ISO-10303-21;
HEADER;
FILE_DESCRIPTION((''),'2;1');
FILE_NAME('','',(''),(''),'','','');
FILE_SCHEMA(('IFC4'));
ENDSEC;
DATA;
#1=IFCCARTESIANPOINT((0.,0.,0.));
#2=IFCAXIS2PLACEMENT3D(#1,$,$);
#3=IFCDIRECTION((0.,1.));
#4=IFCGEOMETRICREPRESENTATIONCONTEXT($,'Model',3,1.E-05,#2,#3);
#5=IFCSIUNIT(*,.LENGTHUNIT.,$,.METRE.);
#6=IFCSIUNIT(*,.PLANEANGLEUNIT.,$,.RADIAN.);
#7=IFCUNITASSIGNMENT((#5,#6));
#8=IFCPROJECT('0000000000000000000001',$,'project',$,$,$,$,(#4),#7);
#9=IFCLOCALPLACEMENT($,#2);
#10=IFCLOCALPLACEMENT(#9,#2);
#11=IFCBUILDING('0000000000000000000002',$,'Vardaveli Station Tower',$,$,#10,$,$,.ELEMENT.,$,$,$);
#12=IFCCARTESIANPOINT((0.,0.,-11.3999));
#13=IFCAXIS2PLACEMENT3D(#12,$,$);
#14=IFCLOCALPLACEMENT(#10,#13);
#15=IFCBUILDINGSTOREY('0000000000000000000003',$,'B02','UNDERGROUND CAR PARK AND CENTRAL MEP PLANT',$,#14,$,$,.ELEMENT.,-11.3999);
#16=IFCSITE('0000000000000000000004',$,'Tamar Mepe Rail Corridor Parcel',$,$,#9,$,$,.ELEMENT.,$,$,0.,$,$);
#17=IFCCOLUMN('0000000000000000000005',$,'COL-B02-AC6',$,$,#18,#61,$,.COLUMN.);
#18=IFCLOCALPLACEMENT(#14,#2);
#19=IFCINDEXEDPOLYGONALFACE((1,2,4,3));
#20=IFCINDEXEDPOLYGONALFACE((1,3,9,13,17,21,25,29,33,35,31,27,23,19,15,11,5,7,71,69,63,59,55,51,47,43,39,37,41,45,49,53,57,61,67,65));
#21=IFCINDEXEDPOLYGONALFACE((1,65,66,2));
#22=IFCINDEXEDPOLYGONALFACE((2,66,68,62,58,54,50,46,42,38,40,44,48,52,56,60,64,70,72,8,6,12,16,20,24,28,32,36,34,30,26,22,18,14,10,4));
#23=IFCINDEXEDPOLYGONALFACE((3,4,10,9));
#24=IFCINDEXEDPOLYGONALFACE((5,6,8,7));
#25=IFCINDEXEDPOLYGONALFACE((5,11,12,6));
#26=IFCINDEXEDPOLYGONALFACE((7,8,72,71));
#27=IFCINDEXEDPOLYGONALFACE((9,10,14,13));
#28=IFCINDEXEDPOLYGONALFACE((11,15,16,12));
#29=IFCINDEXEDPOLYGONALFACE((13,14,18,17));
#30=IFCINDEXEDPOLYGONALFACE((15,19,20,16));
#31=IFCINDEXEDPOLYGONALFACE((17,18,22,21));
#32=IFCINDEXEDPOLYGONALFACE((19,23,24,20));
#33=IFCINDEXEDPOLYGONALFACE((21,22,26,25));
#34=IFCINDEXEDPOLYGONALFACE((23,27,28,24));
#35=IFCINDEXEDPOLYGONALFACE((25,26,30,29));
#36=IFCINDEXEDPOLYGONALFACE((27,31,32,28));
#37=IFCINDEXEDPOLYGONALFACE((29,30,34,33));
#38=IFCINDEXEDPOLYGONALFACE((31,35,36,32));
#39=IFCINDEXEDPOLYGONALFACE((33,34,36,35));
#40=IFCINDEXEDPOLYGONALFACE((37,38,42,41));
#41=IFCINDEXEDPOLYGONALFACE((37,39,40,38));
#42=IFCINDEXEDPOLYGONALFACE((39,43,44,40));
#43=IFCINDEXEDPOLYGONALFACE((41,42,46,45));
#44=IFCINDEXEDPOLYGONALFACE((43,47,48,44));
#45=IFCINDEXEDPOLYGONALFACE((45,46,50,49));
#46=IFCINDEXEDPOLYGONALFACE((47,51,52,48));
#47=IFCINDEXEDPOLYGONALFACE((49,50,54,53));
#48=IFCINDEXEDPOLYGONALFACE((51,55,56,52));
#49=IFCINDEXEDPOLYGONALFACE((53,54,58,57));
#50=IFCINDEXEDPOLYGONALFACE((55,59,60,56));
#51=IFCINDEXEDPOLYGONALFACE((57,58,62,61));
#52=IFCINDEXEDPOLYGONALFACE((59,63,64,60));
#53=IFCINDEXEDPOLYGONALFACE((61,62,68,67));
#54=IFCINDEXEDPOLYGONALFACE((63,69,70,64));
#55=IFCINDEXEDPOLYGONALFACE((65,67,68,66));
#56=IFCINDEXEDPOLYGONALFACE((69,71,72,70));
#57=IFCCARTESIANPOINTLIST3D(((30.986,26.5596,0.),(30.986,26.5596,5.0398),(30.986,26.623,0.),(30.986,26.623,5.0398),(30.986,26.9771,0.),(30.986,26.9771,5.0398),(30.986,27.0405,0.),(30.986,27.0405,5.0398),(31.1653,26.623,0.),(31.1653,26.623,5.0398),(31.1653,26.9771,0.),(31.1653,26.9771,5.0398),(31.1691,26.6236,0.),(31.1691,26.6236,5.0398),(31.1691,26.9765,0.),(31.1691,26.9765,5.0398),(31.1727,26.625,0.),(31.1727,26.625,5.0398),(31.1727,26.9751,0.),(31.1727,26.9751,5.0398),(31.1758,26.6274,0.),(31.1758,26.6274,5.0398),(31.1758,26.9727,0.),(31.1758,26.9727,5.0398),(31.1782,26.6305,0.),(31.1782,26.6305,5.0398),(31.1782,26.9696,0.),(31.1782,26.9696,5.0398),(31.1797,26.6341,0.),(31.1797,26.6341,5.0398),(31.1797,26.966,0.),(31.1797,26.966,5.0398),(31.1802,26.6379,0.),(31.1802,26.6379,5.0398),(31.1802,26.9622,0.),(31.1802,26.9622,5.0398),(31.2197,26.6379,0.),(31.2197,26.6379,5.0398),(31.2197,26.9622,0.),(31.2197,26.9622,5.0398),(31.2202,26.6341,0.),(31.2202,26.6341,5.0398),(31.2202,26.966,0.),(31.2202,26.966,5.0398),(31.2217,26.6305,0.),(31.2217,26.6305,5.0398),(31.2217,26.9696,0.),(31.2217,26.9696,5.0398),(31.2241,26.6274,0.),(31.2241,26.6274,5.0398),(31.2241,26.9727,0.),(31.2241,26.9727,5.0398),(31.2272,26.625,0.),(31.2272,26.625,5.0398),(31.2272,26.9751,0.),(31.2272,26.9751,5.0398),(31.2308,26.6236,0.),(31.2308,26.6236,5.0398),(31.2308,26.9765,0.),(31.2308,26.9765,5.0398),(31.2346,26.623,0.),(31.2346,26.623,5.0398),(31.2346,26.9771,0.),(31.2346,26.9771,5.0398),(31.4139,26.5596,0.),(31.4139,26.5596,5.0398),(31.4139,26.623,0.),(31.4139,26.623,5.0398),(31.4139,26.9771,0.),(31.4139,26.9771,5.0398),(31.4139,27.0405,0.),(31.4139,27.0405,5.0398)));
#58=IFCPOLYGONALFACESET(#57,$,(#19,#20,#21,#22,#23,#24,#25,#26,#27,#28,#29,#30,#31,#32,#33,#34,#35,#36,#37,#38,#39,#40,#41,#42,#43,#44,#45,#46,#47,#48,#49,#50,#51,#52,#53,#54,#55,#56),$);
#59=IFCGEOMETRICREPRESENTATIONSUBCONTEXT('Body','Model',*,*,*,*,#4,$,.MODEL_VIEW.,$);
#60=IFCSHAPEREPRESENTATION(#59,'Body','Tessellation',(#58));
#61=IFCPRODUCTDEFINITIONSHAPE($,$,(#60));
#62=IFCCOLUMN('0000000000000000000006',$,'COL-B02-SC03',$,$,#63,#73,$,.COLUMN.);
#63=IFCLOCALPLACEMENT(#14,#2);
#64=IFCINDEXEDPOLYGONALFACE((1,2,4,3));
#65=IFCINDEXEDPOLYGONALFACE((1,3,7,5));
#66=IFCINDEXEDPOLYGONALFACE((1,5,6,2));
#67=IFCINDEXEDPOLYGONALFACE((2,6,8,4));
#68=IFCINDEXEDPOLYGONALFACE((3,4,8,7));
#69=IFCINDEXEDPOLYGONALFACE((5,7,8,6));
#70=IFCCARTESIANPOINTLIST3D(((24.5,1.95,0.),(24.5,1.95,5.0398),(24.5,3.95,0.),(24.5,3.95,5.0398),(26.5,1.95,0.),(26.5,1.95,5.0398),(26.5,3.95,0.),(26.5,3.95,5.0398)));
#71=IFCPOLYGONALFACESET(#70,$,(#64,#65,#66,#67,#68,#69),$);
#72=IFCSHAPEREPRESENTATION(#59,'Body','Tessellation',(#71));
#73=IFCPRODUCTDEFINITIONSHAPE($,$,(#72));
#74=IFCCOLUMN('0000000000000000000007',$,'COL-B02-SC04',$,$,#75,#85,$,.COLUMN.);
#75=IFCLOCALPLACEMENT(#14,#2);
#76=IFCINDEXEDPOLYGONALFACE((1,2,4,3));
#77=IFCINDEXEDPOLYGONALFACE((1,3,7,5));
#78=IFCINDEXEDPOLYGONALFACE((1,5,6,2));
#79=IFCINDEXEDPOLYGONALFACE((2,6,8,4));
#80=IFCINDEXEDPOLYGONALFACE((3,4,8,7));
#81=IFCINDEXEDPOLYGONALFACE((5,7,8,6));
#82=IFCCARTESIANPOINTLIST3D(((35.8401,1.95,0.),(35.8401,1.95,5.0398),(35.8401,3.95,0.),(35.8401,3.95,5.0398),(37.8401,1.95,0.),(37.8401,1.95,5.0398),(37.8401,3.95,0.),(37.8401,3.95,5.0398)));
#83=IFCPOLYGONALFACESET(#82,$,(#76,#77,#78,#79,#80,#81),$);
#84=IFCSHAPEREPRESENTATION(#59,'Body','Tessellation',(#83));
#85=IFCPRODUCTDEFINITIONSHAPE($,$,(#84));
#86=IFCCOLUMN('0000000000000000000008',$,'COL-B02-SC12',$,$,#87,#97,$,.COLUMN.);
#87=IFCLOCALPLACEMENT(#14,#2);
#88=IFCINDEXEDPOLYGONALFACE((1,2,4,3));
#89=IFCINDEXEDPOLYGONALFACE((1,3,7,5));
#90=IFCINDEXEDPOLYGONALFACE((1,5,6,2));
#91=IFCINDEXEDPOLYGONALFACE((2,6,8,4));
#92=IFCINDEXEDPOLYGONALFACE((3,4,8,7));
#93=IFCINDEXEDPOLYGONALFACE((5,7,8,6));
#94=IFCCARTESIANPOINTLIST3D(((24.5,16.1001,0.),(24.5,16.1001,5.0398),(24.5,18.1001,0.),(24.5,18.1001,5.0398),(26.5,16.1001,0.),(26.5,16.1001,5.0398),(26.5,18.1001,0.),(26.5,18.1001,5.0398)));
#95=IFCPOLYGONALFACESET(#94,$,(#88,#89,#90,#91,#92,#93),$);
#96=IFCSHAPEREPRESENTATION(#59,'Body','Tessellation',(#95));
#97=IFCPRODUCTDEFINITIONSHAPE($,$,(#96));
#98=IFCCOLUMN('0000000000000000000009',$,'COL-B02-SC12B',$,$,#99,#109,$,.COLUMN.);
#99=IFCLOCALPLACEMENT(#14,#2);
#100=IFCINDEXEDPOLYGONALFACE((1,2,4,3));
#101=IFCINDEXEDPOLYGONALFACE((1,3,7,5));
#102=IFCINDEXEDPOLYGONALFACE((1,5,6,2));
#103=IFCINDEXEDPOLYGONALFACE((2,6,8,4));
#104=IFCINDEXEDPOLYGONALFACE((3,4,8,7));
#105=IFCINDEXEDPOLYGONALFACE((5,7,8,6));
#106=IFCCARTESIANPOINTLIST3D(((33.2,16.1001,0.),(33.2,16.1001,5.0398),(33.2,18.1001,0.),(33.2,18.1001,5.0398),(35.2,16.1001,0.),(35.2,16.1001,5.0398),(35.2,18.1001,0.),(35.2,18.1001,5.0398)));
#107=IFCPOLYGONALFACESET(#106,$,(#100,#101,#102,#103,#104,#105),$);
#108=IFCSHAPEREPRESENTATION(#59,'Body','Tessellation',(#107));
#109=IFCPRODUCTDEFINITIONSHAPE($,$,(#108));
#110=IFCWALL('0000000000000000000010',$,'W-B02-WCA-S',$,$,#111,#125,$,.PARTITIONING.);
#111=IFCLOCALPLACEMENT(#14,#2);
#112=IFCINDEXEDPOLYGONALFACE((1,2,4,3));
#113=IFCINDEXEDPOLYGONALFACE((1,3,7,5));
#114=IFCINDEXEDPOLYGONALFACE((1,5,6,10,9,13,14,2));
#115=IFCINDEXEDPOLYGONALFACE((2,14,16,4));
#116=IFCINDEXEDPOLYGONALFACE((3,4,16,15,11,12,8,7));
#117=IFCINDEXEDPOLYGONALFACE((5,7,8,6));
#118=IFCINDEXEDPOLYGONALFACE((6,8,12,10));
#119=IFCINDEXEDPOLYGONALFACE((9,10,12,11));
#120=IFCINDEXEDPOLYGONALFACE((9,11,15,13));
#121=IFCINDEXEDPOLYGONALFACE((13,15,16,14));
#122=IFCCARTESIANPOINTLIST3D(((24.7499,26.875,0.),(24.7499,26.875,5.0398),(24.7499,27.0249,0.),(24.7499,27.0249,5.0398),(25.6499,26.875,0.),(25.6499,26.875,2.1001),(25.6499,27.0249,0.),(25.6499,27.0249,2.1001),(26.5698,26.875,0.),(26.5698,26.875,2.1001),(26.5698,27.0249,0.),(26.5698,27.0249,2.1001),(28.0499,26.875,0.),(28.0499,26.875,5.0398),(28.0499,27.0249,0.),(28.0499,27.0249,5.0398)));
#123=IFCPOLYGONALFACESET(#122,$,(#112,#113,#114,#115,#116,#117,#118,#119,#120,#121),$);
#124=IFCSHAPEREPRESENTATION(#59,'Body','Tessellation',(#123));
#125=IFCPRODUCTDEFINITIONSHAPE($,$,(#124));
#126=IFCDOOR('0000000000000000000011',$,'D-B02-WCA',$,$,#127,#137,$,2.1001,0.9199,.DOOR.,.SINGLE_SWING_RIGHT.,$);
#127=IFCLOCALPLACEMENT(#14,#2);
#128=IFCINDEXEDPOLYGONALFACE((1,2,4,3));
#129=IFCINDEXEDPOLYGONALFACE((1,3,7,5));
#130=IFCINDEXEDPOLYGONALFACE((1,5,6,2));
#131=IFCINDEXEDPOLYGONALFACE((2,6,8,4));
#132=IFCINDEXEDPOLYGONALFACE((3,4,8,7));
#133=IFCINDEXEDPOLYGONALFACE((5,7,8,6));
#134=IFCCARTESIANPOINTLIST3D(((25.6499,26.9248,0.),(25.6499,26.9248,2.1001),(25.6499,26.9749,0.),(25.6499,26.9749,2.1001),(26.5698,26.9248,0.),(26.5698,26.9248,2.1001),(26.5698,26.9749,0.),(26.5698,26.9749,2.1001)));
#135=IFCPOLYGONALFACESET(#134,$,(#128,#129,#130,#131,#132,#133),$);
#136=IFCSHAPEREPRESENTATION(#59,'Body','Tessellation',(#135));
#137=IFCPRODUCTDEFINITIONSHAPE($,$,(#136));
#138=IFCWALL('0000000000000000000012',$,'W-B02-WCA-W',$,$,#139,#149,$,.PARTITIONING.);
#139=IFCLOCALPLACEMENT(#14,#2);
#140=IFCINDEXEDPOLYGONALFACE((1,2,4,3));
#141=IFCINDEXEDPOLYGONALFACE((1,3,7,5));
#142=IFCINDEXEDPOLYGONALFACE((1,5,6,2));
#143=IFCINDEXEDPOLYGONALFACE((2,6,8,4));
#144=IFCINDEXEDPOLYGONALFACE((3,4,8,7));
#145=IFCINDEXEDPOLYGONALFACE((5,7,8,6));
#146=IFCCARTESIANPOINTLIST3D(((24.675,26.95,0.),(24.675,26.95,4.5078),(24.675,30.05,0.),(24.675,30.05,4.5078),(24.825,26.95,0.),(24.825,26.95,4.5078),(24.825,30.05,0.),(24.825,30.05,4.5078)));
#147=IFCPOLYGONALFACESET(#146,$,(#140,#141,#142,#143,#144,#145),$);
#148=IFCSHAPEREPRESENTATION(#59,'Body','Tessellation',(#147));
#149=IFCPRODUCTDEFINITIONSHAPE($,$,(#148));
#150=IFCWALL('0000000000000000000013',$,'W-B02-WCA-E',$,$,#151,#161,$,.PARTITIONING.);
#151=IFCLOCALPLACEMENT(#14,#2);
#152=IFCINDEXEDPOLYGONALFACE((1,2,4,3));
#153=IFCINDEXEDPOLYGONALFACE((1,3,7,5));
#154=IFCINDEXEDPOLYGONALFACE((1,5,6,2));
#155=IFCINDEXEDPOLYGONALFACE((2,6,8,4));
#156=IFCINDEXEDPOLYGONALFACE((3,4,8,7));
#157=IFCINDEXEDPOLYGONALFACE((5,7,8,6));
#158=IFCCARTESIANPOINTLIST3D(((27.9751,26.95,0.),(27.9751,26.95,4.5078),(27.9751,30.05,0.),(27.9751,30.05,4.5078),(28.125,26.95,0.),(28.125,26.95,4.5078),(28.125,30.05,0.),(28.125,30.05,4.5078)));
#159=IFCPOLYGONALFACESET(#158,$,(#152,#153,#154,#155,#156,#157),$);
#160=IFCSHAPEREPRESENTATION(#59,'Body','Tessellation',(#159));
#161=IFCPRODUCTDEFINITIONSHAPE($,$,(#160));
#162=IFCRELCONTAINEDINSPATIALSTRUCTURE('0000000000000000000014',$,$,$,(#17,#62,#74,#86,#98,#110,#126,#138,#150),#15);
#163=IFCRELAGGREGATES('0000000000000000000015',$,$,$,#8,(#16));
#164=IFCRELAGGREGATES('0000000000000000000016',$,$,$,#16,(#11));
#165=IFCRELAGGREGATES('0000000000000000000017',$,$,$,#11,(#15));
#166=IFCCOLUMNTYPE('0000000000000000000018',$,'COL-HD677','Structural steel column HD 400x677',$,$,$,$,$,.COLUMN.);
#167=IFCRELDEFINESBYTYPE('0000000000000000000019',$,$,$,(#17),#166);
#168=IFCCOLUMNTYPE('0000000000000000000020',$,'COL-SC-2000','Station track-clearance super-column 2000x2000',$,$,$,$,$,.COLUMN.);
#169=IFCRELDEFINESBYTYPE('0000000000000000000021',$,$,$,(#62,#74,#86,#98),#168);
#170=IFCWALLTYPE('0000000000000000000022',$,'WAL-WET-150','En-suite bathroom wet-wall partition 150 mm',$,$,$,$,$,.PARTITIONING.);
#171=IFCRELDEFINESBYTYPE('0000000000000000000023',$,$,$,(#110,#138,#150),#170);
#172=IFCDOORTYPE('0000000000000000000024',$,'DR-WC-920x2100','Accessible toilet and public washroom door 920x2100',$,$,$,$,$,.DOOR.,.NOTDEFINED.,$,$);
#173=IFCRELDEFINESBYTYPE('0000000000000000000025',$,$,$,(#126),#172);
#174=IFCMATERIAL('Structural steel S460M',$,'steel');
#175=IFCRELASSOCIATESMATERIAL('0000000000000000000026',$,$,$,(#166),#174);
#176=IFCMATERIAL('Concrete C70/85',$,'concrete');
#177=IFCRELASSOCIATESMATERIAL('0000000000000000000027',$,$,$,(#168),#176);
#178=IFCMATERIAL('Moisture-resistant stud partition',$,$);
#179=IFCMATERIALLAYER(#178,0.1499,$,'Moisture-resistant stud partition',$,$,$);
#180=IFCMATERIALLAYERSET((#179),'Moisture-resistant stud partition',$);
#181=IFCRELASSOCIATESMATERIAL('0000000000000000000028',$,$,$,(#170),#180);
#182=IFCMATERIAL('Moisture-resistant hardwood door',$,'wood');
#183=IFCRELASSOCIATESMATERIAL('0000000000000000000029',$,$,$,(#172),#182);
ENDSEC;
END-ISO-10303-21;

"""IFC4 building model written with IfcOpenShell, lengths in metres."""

from ifc_helpers import new_model, si_unit, direction, frame, frame_2d, origin, origin_2d, place, context, subcontext, project, spatial, rectangle, i_section, extrude, source, transform, mapped, material, layer, layer_set, material_profile, profile_set, type_object, element, fill, save


model = new_model("IFC4")

# Units and contexts
model_context = context("Model", 3, precision=1e-05, world=origin(), true_north=direction((0.0, 1.0)))
body_context = subcontext(model_context, "Body", "Model", "MODEL_VIEW")
ifc_project = project(units=[si_unit("LENGTHUNIT", "METRE"), si_unit("PLANEANGLEUNIT", "RADIAN")], contexts=[model_context])

# Site, building, storey
site_placement = place(None, origin())
site = spatial("IfcSite", under=ifc_project, at=site_placement, Name="Tamar Mepe Rail Corridor Parcel", CompositionType="ELEMENT", RefElevation=0.0)
building_placement = place(site_placement, origin())
building = spatial("IfcBuilding", under=site, at=building_placement, Name="Vardaveli Station Tower", CompositionType="ELEMENT")
storey_placement = place(building_placement, frame((0.0, 0.0, -11.3999)))
storey = spatial("IfcBuildingStorey", under=building, at=storey_placement, Name="B02", Description="UNDERGROUND CAR PARK AND CENTRAL MEP PLANT", CompositionType="ELEMENT", Elevation=-11.3999)

# Columns
ifc_material_1 = material(Name="Structural steel S460M", Category="steel")
ifc_material_profile_1 = material_profile(ifc_material_1, i_section(OverallWidth=0.428, OverallDepth=0.481, WebThickness=0.0396, FlangeThickness=0.0635, FilletRadius=0.0149, at=origin_2d()), Name="HD 400x677")
ifc_profile_set_1 = profile_set([ifc_material_profile_1], Name="Structural steel S460M")
column_type_1 = type_object("IfcColumnType", Name="COL-HD677", Description="Structural steel column HD 400x677", PredefinedType="COLUMN", material=ifc_profile_set_1)
shared_shape_1 = source(origin(), body_context, "Body", "SweptSolid", [
    extrude(i_section(OverallWidth=0.428, OverallDepth=0.481, WebThickness=0.0396, FlangeThickness=0.0635, FilletRadius=0.0149, at=origin_2d()), origin(), (0.0, 0.0, 1.0), 5.0398),
])
for number, where, z_axis, x_axis, name in (
    (1, (31.2, 26.8, 0.0), (0.0, 0.0, 1.0), (1.0, 0.0, 0.0), "COL-B02-AC6"),
):
    element("IfcColumn", number, at=place(storey_placement, frame(where, z_axis=z_axis, x_axis=x_axis)), inside=storey, type_object=column_type_1, Name=name, PredefinedType="COLUMN", context=body_context, shape_type="MappedRepresentation", body=[
        mapped(shared_shape_1, transform((0.0, 0.0, 0.0), scale=1.0)),
    ])
ifc_material_2 = material(Name="Concrete C70/85", Category="concrete")
ifc_material_profile_2 = material_profile(ifc_material_2, rectangle(XDim=2.0, YDim=2.0, at=origin_2d()), Name="SC 2000x2000")
ifc_profile_set_2 = profile_set([ifc_material_profile_2], Name="Concrete C70/85")
column_type_2 = type_object("IfcColumnType", Name="COL-SC-2000", Description="Station track-clearance super-column 2000x2000", PredefinedType="COLUMN", material=ifc_profile_set_2)
shared_shape_2 = source(origin(), body_context, "Body", "SweptSolid", [
    extrude(rectangle(XDim=2.0, YDim=2.0, at=origin_2d()), origin(), (0.0, 0.0, 1.0), 5.0398),
])
for number, where, z_axis, x_axis, name in (
    (2, (25.5, 2.95, 0.0), (0.0, 0.0, 1.0), (1.0, 0.0, 0.0), "COL-B02-SC03"),
    (3, (36.8401, 2.95, 0.0), (0.0, 0.0, 1.0), (1.0, 0.0, 0.0), "COL-B02-SC04"),
    (4, (25.5, 17.1001, 0.0), (0.0, 0.0, 1.0), (1.0, 0.0, 0.0), "COL-B02-SC12"),
    (5, (34.2, 17.1001, 0.0), (0.0, 0.0, 1.0), (1.0, 0.0, 0.0), "COL-B02-SC12B"),
):
    element("IfcColumn", number, at=place(storey_placement, frame(where, z_axis=z_axis, x_axis=x_axis)), inside=storey, type_object=column_type_2, Name=name, PredefinedType="COLUMN", context=body_context, shape_type="MappedRepresentation", body=[
        mapped(shared_shape_2, transform((0.0, 0.0, 0.0), scale=1.0)),
    ])

# Wall, opening, door
ifc_material_3 = material(Name="Moisture-resistant stud partition")
ifc_layer = layer(ifc_material_3, 0.1499, Name="Moisture-resistant stud partition")
ifc_layer_set = layer_set([ifc_layer], Name="Moisture-resistant stud partition")
wall_type = type_object("IfcWallType", Name="WAL-WET-150", Description="En-suite bathroom wet-wall partition 150 mm", PredefinedType="PARTITIONING", material=ifc_layer_set)
shared_shape_3 = source(origin(), body_context, "Body", "SweptSolid", [
    extrude(rectangle(XDim=3.3, YDim=0.1499, at=frame_2d((1.6499, 0.0))), origin(), (0.0, 0.0, 1.0), 5.0398),
])
wall_placement = place(storey_placement, frame((24.75, 26.95, 0.0), z_axis=(0.0, 0.0, 1.0), x_axis=(1.0, 0.0, 0.0)))
wall = element("IfcWall", 6, at=wall_placement, inside=storey, type_object=wall_type, Name="W-B02-WCA-S", PredefinedType="PARTITIONING", context=body_context, shape_type="MappedRepresentation", body=[
    mapped(shared_shape_3, transform((0.0, 0.0, 0.0), scale=1.0)),
])
shared_shape_4 = source(origin(), body_context, "Body", "SweptSolid", [
    extrude(rectangle(XDim=0.9199, YDim=2.1001, at=frame_2d((0.46, 1.05))), frame((0.0, 0.085, 0.0), z_axis=(0.0, -1.0, 0.0), x_axis=(1.0, 0.0, 0.0)), (0.0, 0.0, 1.0), 0.1699),
])
opening_placement = place(wall_placement, frame((0.8999, 0.0, 0.0)))
opening = element("IfcOpeningElement", 7, at=opening_placement, cuts=wall, PredefinedType="OPENING", context=body_context, shape_type="MappedRepresentation", body=[
    mapped(shared_shape_4, transform((0.0, 0.0, 0.0), scale=1.0)),
])
ifc_material_4 = material(Name="Moisture-resistant hardwood door", Category="wood")
door_type = type_object("IfcDoorType", Name="DR-WC-920x2100", Description="Accessible toilet and public washroom door 920x2100", OperationType="NOTDEFINED", PredefinedType="DOOR", material=ifc_material_4)
shared_shape_5 = source(origin(), body_context, "Body", "SweptSolid", [
    extrude(rectangle(XDim=0.9199, YDim=2.1001, at=frame_2d((0.46, 1.05))), frame((0.0, 0.0249, 0.0), z_axis=(0.0, -1.0, 0.0), x_axis=(1.0, 0.0, 0.0)), (0.0, 0.0, 1.0), 0.05),
])
door_placement = place(opening_placement, origin())
door = element("IfcDoor", 8, at=door_placement, inside=storey, type_object=door_type, Name="D-B02-WCA", OperationType="SINGLE_SWING_RIGHT", OverallHeight=2.1001, OverallWidth=0.9199, PredefinedType="DOOR", context=body_context, shape_type="MappedRepresentation", body=[
    mapped(shared_shape_5, transform((0.0, 0.0, 0.0), scale=1.0)),
])
fill(opening, door)

# Walls
shared_shape_6 = source(origin(), body_context, "Body", "SweptSolid", [
    extrude(rectangle(XDim=3.1001, YDim=0.1499, at=frame_2d((1.55, 0.0))), origin(), (0.0, 0.0, 1.0), 4.5078),
])
for number, where, z_axis, x_axis, name in (
    (9, (24.75, 26.95, 0.0), (0.0, 0.0, 1.0), (0.0, 1.0, 0.0), "W-B02-WCA-W"),
    (10, (28.05, 26.95, 0.0), (0.0, 0.0, 1.0), (0.0, 1.0, 0.0), "W-B02-WCA-E"),
):
    element("IfcWall", number, at=place(storey_placement, frame(where, z_axis=z_axis, x_axis=x_axis)), inside=storey, type_object=wall_type, Name=name, PredefinedType="PARTITIONING", context=body_context, shape_type="MappedRepresentation", body=[
        mapped(shared_shape_6, transform((0.0, 0.0, 0.0), scale=1.0)),
    ])

save(model, "model.ifc")
